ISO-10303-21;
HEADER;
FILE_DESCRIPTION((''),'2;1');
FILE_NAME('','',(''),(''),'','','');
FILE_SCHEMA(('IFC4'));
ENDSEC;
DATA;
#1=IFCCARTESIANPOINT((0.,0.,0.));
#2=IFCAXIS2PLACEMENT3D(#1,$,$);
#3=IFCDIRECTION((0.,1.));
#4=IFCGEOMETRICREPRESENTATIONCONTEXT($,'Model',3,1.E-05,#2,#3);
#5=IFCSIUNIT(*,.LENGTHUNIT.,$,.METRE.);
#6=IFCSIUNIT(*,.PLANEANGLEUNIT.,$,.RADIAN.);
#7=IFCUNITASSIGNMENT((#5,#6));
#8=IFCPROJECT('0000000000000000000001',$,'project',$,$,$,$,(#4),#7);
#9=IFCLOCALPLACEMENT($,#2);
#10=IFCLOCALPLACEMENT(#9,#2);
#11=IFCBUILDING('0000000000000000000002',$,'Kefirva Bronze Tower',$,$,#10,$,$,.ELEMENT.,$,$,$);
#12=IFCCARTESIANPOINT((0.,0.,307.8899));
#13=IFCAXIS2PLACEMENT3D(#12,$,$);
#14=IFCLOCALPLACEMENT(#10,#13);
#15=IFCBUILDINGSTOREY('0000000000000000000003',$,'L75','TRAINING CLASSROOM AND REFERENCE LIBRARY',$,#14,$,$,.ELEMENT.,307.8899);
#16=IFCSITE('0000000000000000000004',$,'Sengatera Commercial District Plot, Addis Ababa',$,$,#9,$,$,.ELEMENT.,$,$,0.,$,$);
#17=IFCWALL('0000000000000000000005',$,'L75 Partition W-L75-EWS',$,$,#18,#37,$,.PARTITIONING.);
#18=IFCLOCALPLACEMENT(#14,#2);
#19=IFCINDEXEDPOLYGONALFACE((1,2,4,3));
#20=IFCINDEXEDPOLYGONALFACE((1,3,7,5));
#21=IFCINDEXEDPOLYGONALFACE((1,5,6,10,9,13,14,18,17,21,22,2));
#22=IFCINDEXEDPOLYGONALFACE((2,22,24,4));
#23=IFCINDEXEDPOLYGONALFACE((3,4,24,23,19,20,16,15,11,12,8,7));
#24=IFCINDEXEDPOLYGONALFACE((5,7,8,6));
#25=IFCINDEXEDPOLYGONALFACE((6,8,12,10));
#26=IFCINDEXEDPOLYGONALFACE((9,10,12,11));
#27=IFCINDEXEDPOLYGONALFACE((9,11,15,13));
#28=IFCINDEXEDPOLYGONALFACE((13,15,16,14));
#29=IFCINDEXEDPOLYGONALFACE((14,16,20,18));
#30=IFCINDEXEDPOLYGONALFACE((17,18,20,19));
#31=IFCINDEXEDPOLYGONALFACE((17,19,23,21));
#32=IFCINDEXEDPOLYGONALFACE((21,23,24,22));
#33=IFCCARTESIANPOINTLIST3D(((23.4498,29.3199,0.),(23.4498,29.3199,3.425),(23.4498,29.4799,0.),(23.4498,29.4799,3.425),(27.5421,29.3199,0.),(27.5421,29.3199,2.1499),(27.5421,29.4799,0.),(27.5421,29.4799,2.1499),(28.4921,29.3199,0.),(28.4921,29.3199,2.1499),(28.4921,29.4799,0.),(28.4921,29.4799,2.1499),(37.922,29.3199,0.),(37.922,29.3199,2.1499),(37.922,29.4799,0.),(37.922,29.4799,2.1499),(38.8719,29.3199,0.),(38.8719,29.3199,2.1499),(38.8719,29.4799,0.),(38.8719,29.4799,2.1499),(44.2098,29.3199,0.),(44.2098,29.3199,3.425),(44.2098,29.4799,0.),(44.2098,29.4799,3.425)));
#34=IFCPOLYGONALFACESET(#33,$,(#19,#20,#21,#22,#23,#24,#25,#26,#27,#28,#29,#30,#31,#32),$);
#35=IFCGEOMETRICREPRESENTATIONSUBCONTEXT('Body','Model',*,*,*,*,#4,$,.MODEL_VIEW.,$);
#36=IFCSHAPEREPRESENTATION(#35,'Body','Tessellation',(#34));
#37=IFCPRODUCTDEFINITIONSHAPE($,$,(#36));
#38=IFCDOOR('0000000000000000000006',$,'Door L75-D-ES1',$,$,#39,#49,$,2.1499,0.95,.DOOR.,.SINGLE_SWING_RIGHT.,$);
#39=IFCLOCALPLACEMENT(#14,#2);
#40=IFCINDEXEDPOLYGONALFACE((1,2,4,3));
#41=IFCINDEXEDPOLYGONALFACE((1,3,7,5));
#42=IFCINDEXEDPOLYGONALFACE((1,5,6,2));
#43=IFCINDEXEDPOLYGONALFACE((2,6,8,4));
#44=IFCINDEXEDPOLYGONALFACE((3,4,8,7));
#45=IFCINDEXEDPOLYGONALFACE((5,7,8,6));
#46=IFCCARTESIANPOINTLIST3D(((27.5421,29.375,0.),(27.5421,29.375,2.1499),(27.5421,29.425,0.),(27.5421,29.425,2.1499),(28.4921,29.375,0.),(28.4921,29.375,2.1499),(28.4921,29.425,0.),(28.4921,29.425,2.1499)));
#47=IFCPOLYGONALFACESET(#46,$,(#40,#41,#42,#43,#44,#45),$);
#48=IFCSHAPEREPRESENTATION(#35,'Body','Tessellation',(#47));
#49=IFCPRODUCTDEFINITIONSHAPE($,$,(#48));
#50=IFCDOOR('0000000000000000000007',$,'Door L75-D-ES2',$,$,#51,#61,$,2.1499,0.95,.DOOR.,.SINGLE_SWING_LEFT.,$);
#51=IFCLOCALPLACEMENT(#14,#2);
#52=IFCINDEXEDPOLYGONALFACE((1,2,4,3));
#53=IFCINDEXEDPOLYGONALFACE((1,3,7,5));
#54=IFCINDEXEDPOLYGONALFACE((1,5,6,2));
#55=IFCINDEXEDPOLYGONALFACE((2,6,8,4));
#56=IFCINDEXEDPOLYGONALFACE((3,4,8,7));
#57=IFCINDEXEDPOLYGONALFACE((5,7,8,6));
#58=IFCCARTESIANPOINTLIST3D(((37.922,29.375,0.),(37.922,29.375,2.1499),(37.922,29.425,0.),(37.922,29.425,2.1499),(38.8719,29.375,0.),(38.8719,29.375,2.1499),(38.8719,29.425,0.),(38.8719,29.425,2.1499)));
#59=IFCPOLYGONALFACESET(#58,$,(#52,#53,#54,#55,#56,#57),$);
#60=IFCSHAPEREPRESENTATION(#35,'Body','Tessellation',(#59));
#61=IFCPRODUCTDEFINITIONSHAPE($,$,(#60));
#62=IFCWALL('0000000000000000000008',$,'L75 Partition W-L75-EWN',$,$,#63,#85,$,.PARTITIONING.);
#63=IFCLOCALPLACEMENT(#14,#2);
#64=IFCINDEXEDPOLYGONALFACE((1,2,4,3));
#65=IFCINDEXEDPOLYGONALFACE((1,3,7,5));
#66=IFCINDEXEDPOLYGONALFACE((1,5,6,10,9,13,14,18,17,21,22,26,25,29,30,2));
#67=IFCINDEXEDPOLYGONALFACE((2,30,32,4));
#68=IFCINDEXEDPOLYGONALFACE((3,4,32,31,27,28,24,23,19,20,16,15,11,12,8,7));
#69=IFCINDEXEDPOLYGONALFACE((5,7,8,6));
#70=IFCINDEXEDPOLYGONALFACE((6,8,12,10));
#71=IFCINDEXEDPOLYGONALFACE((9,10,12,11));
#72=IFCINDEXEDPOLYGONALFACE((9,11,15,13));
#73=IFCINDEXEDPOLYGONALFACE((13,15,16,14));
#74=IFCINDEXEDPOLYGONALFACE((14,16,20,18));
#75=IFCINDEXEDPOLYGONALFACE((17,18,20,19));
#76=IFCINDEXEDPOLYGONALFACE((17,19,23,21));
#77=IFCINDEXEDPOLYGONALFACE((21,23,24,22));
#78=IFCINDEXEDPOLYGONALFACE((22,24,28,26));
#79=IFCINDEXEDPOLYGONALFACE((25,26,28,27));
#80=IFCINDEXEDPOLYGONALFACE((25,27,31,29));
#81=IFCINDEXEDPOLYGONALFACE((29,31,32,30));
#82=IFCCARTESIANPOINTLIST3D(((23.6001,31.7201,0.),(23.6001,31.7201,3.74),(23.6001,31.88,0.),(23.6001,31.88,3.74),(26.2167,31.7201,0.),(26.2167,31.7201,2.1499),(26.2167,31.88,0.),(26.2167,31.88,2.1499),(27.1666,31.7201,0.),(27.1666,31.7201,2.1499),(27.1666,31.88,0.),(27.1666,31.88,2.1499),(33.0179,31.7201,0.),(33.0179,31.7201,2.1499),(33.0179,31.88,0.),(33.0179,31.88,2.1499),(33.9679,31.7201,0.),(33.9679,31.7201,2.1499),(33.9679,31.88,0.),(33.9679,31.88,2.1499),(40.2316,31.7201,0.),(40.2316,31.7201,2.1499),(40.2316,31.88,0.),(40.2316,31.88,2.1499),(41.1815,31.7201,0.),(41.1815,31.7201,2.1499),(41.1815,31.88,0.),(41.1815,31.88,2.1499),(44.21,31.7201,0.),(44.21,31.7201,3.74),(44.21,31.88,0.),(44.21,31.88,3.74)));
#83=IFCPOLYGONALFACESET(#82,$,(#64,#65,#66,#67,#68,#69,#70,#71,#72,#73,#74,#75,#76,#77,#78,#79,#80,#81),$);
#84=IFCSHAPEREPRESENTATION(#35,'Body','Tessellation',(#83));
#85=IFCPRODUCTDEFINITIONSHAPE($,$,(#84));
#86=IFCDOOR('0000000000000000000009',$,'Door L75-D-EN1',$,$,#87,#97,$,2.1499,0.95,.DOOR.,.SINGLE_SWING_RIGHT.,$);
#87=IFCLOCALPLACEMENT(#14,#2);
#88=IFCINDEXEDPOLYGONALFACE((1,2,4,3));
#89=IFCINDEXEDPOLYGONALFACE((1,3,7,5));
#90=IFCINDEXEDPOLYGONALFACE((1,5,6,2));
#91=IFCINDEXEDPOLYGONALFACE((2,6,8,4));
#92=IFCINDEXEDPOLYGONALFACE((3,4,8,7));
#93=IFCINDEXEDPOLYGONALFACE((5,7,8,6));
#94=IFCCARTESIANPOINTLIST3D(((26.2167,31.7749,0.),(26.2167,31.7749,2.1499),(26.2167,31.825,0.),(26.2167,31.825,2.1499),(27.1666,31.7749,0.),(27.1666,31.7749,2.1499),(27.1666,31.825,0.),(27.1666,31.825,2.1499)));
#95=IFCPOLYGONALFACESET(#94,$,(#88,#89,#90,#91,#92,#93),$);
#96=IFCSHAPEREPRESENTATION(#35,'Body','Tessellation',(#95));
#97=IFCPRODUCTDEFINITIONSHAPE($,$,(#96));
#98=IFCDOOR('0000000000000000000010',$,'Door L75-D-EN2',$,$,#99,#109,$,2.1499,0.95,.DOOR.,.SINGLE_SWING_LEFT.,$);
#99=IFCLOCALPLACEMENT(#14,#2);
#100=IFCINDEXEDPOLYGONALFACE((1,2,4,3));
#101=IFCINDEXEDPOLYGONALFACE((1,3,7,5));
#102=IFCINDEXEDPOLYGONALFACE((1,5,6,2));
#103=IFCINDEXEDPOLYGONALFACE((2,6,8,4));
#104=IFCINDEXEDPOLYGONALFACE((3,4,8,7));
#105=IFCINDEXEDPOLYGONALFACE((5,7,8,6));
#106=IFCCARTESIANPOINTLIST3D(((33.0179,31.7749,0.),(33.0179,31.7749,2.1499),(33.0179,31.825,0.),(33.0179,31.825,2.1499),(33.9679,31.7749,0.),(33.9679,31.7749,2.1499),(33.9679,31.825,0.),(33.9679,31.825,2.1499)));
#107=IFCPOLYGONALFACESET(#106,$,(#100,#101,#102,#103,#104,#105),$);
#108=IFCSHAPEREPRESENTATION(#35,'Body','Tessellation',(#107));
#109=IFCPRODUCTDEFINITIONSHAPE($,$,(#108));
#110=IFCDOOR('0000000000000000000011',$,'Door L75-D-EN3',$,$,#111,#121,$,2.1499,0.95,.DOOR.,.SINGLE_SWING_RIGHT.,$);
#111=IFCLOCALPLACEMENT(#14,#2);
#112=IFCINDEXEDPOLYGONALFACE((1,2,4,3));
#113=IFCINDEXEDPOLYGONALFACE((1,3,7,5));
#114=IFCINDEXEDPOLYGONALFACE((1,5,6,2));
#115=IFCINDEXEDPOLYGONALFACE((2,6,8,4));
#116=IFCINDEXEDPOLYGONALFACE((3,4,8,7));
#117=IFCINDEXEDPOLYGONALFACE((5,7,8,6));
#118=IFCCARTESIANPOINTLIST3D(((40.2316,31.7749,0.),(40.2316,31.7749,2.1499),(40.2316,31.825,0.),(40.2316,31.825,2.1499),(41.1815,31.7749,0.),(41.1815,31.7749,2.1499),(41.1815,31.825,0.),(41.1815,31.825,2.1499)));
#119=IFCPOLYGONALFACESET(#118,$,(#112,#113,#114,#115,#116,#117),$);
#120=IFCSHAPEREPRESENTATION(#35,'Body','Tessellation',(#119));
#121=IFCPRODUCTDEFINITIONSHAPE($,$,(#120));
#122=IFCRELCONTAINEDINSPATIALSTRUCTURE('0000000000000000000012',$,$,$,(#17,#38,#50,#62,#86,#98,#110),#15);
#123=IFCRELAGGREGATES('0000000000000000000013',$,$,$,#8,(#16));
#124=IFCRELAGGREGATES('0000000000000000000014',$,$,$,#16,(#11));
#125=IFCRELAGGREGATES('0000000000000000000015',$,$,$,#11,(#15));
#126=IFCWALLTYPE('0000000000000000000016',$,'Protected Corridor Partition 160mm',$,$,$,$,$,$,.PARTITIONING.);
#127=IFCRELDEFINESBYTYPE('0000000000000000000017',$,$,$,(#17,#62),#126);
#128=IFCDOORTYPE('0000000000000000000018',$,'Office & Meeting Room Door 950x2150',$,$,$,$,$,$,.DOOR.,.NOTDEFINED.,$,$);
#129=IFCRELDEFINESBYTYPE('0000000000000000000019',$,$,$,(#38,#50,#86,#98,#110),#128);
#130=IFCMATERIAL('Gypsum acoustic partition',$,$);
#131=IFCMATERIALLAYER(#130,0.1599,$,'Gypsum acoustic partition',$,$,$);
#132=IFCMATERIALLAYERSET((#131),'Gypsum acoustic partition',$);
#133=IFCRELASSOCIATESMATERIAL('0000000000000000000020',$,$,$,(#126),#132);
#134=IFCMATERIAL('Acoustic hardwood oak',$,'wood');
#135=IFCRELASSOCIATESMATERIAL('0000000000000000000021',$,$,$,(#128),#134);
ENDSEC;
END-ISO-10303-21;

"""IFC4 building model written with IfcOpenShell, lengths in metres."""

from ifc_helpers import new_model, si_unit, direction, frame, frame_2d, origin, place, context, subcontext, project, spatial, rectangle, extrude, material, layer, layer_set, type_object, element, fill, save


model = new_model("IFC4")

# Units and contexts
model_context = context("Model", 3, precision=1e-05, world=origin(), true_north=direction((0.0, 1.0)))
body_context = subcontext(model_context, "Body", "Model", "MODEL_VIEW")
ifc_project = project(units=[si_unit("LENGTHUNIT", "METRE"), si_unit("PLANEANGLEUNIT", "RADIAN")], contexts=[model_context])

# Site, building, storey
site_placement = place(None, origin())
site = spatial("IfcSite", under=ifc_project, at=site_placement, Name="Sengatera Commercial District Plot, Addis Ababa", CompositionType="ELEMENT", RefElevation=0.0)
building_placement = place(site_placement, origin())
building = spatial("IfcBuilding", under=site, at=building_placement, Name="Kefirva Bronze Tower", CompositionType="ELEMENT")
storey_placement = place(building_placement, frame((0.0, 0.0, 307.8899)))
storey = spatial("IfcBuildingStorey", under=building, at=storey_placement, Name="L75", Description="TRAINING CLASSROOM AND REFERENCE LIBRARY", CompositionType="ELEMENT", Elevation=307.8899)

# Shared definitions
ifc_material_1 = material(Name="Gypsum acoustic partition")

# Walls, openings, doors
ifc_layer_1 = layer(ifc_material_1, 0.1599, Name="Gypsum acoustic partition")
ifc_layer_set_1 = layer_set([ifc_layer_1], Name="Gypsum acoustic partition")
wall_type_1 = type_object("IfcWallType", Name="Protected Corridor Partition 160mm", PredefinedType="PARTITIONING", material=ifc_layer_set_1)
wall_1_placement = place(storey_placement, frame((23.45, 29.3999, 0.0), z_axis=(0.0, 0.0, 1.0), x_axis=(1.0, 0.0, 0.0)))
wall_1 = element("IfcWall", 1, at=wall_1_placement, inside=storey, type_object=wall_type_1, Name="L75 Partition W-L75-EWS", PredefinedType="PARTITIONING", context=body_context, shape_type="SweptSolid", body=[
    extrude(rectangle(XDim=20.76, YDim=0.1599, at=frame_2d((10.3799, 0.0))), origin(), (0.0, 0.0, 1.0), 3.425),
])
opening_1_placement = place(wall_1_placement, frame((5.0422, 0.0, 0.0), z_axis=(0.0, 0.0, 1.0), x_axis=(-1.0, 0.0, 0.0)))
opening_1 = element("IfcOpeningElement", 2, at=opening_1_placement, cuts=wall_1, PredefinedType="OPENING", context=body_context, shape_type="SweptSolid", body=[
    extrude(rectangle(XDim=0.95, YDim=2.1499, at=frame_2d((0.4751, 1.075))), frame((0.0, 0.0898, 0.0), z_axis=(0.0, -1.0, 0.0), x_axis=(1.0, 0.0, 0.0)), (0.0, 0.0, 1.0), 0.1799),
])
opening_2_placement = place(wall_1_placement, frame((15.4221, 0.0, 0.0), z_axis=(0.0, 0.0, 1.0), x_axis=(-1.0, 0.0, 0.0)))
opening_2 = element("IfcOpeningElement", 3, at=opening_2_placement, cuts=wall_1, PredefinedType="OPENING", context=body_context, shape_type="SweptSolid", body=[
    extrude(rectangle(XDim=0.95, YDim=2.1499, at=frame_2d((0.4751, 1.075))), frame((0.0, 0.0898, 0.0), z_axis=(0.0, -1.0, 0.0), x_axis=(1.0, 0.0, 0.0)), (0.0, 0.0, 1.0), 0.1799),
])
ifc_material_2 = material(Name="Acoustic hardwood oak", Category="wood")
door_type = type_object("IfcDoorType", Name="Office & Meeting Room Door 950x2150", OperationType="NOTDEFINED", PredefinedType="DOOR", material=ifc_material_2)
door_1_placement = place(opening_1_placement, origin())
door_1 = element("IfcDoor", 4, at=door_1_placement, inside=storey, type_object=door_type, Name="Door L75-D-ES1", OperationType="SINGLE_SWING_RIGHT", OverallHeight=2.1499, OverallWidth=0.95, PredefinedType="DOOR", context=body_context, shape_type="SweptSolid", body=[
    extrude(rectangle(XDim=0.95, YDim=2.1499, at=frame_2d((0.4751, 1.075))), frame((0.0, 0.0249, 0.0), z_axis=(0.0, -1.0, 0.0), x_axis=(1.0, 0.0, 0.0)), (0.0, 0.0, 1.0), 0.05),
])
fill(opening_1, door_1)
door_2_placement = place(opening_2_placement, origin())
door_2 = element("IfcDoor", 5, at=door_2_placement, inside=storey, type_object=door_type, Name="Door L75-D-ES2", OperationType="SINGLE_SWING_LEFT", OverallHeight=2.1499, OverallWidth=0.95, PredefinedType="DOOR", context=body_context, shape_type="SweptSolid", body=[
    extrude(rectangle(XDim=0.95, YDim=2.1499, at=frame_2d((0.4751, 1.075))), frame((0.0, 0.0249, 0.0), z_axis=(0.0, -1.0, 0.0), x_axis=(1.0, 0.0, 0.0)), (0.0, 0.0, 1.0), 0.05),
])
fill(opening_2, door_2)
wall_2_placement = place(storey_placement, frame((23.6001, 31.8, 0.0), z_axis=(0.0, 0.0, 1.0), x_axis=(1.0, 0.0, 0.0)))
wall_2 = element("IfcWall", 6, at=wall_2_placement, inside=storey, type_object=wall_type_1, Name="L75 Partition W-L75-EWN", PredefinedType="PARTITIONING", context=body_context, shape_type="SweptSolid", body=[
    extrude(rectangle(XDim=20.6099, YDim=0.1599, at=frame_2d((10.3049, 0.0))), origin(), (0.0, 0.0, 1.0), 3.74),
])
opening_3_placement = place(wall_2_placement, frame((2.6165, 0.0, 0.0)))
opening_3 = element("IfcOpeningElement", 7, at=opening_3_placement, cuts=wall_2, PredefinedType="OPENING", context=body_context, shape_type="SweptSolid", body=[
    extrude(rectangle(XDim=0.95, YDim=2.1499, at=frame_2d((0.4751, 1.075))), frame((0.0, 0.0898, 0.0), z_axis=(0.0, -1.0, 0.0), x_axis=(1.0, 0.0, 0.0)), (0.0, 0.0, 1.0), 0.1799),
])
opening_4_placement = place(wall_2_placement, frame((9.4177, 0.0, 0.0)))
opening_4 = element("IfcOpeningElement", 8, at=opening_4_placement, cuts=wall_2, PredefinedType="OPENING", context=body_context, shape_type="SweptSolid", body=[
    extrude(rectangle(XDim=0.95, YDim=2.1499, at=frame_2d((0.4751, 1.075))), frame((0.0, 0.0898, 0.0), z_axis=(0.0, -1.0, 0.0), x_axis=(1.0, 0.0, 0.0)), (0.0, 0.0, 1.0), 0.1799),
])
opening_5_placement = place(wall_2_placement, frame((16.6313, 0.0, 0.0)))
opening_5 = element("IfcOpeningElement", 9, at=opening_5_placement, cuts=wall_2, PredefinedType="OPENING", context=body_context, shape_type="SweptSolid", body=[
    extrude(rectangle(XDim=0.95, YDim=2.1499, at=frame_2d((0.4751, 1.075))), frame((0.0, 0.0898, 0.0), z_axis=(0.0, -1.0, 0.0), x_axis=(1.0, 0.0, 0.0)), (0.0, 0.0, 1.0), 0.1799),
])
door_3_placement = place(opening_3_placement, origin())
door_3 = element("IfcDoor", 10, at=door_3_placement, inside=storey, type_object=door_type, Name="Door L75-D-EN1", OperationType="SINGLE_SWING_RIGHT", OverallHeight=2.1499, OverallWidth=0.95, PredefinedType="DOOR", context=body_context, shape_type="SweptSolid", body=[
    extrude(rectangle(XDim=0.95, YDim=2.1499, at=frame_2d((0.4751, 1.075))), frame((0.0, 0.0249, 0.0), z_axis=(0.0, -1.0, 0.0), x_axis=(1.0, 0.0, 0.0)), (0.0, 0.0, 1.0), 0.05),
])
fill(opening_3, door_3)
door_4_placement = place(opening_4_placement, origin())
door_4 = element("IfcDoor", 11, at=door_4_placement, inside=storey, type_object=door_type, Name="Door L75-D-EN2", OperationType="SINGLE_SWING_LEFT", OverallHeight=2.1499, OverallWidth=0.95, PredefinedType="DOOR", context=body_context, shape_type="SweptSolid", body=[
    extrude(rectangle(XDim=0.95, YDim=2.1499, at=frame_2d((0.4751, 1.075))), frame((0.0, 0.0249, 0.0), z_axis=(0.0, -1.0, 0.0), x_axis=(1.0, 0.0, 0.0)), (0.0, 0.0, 1.0), 0.05),
])
fill(opening_4, door_4)
door_5_placement = place(opening_5_placement, origin())
door_5 = element("IfcDoor", 12, at=door_5_placement, inside=storey, type_object=door_type, Name="Door L75-D-EN3", OperationType="SINGLE_SWING_RIGHT", OverallHeight=2.1499, OverallWidth=0.95, PredefinedType="DOOR", context=body_context, shape_type="SweptSolid", body=[
    extrude(rectangle(XDim=0.95, YDim=2.1499, at=frame_2d((0.4751, 1.075))), frame((0.0, 0.0249, 0.0), z_axis=(0.0, -1.0, 0.0), x_axis=(1.0, 0.0, 0.0)), (0.0, 0.0, 1.0), 0.05),
])
fill(opening_5, door_5)

save(model, "model.ifc")
